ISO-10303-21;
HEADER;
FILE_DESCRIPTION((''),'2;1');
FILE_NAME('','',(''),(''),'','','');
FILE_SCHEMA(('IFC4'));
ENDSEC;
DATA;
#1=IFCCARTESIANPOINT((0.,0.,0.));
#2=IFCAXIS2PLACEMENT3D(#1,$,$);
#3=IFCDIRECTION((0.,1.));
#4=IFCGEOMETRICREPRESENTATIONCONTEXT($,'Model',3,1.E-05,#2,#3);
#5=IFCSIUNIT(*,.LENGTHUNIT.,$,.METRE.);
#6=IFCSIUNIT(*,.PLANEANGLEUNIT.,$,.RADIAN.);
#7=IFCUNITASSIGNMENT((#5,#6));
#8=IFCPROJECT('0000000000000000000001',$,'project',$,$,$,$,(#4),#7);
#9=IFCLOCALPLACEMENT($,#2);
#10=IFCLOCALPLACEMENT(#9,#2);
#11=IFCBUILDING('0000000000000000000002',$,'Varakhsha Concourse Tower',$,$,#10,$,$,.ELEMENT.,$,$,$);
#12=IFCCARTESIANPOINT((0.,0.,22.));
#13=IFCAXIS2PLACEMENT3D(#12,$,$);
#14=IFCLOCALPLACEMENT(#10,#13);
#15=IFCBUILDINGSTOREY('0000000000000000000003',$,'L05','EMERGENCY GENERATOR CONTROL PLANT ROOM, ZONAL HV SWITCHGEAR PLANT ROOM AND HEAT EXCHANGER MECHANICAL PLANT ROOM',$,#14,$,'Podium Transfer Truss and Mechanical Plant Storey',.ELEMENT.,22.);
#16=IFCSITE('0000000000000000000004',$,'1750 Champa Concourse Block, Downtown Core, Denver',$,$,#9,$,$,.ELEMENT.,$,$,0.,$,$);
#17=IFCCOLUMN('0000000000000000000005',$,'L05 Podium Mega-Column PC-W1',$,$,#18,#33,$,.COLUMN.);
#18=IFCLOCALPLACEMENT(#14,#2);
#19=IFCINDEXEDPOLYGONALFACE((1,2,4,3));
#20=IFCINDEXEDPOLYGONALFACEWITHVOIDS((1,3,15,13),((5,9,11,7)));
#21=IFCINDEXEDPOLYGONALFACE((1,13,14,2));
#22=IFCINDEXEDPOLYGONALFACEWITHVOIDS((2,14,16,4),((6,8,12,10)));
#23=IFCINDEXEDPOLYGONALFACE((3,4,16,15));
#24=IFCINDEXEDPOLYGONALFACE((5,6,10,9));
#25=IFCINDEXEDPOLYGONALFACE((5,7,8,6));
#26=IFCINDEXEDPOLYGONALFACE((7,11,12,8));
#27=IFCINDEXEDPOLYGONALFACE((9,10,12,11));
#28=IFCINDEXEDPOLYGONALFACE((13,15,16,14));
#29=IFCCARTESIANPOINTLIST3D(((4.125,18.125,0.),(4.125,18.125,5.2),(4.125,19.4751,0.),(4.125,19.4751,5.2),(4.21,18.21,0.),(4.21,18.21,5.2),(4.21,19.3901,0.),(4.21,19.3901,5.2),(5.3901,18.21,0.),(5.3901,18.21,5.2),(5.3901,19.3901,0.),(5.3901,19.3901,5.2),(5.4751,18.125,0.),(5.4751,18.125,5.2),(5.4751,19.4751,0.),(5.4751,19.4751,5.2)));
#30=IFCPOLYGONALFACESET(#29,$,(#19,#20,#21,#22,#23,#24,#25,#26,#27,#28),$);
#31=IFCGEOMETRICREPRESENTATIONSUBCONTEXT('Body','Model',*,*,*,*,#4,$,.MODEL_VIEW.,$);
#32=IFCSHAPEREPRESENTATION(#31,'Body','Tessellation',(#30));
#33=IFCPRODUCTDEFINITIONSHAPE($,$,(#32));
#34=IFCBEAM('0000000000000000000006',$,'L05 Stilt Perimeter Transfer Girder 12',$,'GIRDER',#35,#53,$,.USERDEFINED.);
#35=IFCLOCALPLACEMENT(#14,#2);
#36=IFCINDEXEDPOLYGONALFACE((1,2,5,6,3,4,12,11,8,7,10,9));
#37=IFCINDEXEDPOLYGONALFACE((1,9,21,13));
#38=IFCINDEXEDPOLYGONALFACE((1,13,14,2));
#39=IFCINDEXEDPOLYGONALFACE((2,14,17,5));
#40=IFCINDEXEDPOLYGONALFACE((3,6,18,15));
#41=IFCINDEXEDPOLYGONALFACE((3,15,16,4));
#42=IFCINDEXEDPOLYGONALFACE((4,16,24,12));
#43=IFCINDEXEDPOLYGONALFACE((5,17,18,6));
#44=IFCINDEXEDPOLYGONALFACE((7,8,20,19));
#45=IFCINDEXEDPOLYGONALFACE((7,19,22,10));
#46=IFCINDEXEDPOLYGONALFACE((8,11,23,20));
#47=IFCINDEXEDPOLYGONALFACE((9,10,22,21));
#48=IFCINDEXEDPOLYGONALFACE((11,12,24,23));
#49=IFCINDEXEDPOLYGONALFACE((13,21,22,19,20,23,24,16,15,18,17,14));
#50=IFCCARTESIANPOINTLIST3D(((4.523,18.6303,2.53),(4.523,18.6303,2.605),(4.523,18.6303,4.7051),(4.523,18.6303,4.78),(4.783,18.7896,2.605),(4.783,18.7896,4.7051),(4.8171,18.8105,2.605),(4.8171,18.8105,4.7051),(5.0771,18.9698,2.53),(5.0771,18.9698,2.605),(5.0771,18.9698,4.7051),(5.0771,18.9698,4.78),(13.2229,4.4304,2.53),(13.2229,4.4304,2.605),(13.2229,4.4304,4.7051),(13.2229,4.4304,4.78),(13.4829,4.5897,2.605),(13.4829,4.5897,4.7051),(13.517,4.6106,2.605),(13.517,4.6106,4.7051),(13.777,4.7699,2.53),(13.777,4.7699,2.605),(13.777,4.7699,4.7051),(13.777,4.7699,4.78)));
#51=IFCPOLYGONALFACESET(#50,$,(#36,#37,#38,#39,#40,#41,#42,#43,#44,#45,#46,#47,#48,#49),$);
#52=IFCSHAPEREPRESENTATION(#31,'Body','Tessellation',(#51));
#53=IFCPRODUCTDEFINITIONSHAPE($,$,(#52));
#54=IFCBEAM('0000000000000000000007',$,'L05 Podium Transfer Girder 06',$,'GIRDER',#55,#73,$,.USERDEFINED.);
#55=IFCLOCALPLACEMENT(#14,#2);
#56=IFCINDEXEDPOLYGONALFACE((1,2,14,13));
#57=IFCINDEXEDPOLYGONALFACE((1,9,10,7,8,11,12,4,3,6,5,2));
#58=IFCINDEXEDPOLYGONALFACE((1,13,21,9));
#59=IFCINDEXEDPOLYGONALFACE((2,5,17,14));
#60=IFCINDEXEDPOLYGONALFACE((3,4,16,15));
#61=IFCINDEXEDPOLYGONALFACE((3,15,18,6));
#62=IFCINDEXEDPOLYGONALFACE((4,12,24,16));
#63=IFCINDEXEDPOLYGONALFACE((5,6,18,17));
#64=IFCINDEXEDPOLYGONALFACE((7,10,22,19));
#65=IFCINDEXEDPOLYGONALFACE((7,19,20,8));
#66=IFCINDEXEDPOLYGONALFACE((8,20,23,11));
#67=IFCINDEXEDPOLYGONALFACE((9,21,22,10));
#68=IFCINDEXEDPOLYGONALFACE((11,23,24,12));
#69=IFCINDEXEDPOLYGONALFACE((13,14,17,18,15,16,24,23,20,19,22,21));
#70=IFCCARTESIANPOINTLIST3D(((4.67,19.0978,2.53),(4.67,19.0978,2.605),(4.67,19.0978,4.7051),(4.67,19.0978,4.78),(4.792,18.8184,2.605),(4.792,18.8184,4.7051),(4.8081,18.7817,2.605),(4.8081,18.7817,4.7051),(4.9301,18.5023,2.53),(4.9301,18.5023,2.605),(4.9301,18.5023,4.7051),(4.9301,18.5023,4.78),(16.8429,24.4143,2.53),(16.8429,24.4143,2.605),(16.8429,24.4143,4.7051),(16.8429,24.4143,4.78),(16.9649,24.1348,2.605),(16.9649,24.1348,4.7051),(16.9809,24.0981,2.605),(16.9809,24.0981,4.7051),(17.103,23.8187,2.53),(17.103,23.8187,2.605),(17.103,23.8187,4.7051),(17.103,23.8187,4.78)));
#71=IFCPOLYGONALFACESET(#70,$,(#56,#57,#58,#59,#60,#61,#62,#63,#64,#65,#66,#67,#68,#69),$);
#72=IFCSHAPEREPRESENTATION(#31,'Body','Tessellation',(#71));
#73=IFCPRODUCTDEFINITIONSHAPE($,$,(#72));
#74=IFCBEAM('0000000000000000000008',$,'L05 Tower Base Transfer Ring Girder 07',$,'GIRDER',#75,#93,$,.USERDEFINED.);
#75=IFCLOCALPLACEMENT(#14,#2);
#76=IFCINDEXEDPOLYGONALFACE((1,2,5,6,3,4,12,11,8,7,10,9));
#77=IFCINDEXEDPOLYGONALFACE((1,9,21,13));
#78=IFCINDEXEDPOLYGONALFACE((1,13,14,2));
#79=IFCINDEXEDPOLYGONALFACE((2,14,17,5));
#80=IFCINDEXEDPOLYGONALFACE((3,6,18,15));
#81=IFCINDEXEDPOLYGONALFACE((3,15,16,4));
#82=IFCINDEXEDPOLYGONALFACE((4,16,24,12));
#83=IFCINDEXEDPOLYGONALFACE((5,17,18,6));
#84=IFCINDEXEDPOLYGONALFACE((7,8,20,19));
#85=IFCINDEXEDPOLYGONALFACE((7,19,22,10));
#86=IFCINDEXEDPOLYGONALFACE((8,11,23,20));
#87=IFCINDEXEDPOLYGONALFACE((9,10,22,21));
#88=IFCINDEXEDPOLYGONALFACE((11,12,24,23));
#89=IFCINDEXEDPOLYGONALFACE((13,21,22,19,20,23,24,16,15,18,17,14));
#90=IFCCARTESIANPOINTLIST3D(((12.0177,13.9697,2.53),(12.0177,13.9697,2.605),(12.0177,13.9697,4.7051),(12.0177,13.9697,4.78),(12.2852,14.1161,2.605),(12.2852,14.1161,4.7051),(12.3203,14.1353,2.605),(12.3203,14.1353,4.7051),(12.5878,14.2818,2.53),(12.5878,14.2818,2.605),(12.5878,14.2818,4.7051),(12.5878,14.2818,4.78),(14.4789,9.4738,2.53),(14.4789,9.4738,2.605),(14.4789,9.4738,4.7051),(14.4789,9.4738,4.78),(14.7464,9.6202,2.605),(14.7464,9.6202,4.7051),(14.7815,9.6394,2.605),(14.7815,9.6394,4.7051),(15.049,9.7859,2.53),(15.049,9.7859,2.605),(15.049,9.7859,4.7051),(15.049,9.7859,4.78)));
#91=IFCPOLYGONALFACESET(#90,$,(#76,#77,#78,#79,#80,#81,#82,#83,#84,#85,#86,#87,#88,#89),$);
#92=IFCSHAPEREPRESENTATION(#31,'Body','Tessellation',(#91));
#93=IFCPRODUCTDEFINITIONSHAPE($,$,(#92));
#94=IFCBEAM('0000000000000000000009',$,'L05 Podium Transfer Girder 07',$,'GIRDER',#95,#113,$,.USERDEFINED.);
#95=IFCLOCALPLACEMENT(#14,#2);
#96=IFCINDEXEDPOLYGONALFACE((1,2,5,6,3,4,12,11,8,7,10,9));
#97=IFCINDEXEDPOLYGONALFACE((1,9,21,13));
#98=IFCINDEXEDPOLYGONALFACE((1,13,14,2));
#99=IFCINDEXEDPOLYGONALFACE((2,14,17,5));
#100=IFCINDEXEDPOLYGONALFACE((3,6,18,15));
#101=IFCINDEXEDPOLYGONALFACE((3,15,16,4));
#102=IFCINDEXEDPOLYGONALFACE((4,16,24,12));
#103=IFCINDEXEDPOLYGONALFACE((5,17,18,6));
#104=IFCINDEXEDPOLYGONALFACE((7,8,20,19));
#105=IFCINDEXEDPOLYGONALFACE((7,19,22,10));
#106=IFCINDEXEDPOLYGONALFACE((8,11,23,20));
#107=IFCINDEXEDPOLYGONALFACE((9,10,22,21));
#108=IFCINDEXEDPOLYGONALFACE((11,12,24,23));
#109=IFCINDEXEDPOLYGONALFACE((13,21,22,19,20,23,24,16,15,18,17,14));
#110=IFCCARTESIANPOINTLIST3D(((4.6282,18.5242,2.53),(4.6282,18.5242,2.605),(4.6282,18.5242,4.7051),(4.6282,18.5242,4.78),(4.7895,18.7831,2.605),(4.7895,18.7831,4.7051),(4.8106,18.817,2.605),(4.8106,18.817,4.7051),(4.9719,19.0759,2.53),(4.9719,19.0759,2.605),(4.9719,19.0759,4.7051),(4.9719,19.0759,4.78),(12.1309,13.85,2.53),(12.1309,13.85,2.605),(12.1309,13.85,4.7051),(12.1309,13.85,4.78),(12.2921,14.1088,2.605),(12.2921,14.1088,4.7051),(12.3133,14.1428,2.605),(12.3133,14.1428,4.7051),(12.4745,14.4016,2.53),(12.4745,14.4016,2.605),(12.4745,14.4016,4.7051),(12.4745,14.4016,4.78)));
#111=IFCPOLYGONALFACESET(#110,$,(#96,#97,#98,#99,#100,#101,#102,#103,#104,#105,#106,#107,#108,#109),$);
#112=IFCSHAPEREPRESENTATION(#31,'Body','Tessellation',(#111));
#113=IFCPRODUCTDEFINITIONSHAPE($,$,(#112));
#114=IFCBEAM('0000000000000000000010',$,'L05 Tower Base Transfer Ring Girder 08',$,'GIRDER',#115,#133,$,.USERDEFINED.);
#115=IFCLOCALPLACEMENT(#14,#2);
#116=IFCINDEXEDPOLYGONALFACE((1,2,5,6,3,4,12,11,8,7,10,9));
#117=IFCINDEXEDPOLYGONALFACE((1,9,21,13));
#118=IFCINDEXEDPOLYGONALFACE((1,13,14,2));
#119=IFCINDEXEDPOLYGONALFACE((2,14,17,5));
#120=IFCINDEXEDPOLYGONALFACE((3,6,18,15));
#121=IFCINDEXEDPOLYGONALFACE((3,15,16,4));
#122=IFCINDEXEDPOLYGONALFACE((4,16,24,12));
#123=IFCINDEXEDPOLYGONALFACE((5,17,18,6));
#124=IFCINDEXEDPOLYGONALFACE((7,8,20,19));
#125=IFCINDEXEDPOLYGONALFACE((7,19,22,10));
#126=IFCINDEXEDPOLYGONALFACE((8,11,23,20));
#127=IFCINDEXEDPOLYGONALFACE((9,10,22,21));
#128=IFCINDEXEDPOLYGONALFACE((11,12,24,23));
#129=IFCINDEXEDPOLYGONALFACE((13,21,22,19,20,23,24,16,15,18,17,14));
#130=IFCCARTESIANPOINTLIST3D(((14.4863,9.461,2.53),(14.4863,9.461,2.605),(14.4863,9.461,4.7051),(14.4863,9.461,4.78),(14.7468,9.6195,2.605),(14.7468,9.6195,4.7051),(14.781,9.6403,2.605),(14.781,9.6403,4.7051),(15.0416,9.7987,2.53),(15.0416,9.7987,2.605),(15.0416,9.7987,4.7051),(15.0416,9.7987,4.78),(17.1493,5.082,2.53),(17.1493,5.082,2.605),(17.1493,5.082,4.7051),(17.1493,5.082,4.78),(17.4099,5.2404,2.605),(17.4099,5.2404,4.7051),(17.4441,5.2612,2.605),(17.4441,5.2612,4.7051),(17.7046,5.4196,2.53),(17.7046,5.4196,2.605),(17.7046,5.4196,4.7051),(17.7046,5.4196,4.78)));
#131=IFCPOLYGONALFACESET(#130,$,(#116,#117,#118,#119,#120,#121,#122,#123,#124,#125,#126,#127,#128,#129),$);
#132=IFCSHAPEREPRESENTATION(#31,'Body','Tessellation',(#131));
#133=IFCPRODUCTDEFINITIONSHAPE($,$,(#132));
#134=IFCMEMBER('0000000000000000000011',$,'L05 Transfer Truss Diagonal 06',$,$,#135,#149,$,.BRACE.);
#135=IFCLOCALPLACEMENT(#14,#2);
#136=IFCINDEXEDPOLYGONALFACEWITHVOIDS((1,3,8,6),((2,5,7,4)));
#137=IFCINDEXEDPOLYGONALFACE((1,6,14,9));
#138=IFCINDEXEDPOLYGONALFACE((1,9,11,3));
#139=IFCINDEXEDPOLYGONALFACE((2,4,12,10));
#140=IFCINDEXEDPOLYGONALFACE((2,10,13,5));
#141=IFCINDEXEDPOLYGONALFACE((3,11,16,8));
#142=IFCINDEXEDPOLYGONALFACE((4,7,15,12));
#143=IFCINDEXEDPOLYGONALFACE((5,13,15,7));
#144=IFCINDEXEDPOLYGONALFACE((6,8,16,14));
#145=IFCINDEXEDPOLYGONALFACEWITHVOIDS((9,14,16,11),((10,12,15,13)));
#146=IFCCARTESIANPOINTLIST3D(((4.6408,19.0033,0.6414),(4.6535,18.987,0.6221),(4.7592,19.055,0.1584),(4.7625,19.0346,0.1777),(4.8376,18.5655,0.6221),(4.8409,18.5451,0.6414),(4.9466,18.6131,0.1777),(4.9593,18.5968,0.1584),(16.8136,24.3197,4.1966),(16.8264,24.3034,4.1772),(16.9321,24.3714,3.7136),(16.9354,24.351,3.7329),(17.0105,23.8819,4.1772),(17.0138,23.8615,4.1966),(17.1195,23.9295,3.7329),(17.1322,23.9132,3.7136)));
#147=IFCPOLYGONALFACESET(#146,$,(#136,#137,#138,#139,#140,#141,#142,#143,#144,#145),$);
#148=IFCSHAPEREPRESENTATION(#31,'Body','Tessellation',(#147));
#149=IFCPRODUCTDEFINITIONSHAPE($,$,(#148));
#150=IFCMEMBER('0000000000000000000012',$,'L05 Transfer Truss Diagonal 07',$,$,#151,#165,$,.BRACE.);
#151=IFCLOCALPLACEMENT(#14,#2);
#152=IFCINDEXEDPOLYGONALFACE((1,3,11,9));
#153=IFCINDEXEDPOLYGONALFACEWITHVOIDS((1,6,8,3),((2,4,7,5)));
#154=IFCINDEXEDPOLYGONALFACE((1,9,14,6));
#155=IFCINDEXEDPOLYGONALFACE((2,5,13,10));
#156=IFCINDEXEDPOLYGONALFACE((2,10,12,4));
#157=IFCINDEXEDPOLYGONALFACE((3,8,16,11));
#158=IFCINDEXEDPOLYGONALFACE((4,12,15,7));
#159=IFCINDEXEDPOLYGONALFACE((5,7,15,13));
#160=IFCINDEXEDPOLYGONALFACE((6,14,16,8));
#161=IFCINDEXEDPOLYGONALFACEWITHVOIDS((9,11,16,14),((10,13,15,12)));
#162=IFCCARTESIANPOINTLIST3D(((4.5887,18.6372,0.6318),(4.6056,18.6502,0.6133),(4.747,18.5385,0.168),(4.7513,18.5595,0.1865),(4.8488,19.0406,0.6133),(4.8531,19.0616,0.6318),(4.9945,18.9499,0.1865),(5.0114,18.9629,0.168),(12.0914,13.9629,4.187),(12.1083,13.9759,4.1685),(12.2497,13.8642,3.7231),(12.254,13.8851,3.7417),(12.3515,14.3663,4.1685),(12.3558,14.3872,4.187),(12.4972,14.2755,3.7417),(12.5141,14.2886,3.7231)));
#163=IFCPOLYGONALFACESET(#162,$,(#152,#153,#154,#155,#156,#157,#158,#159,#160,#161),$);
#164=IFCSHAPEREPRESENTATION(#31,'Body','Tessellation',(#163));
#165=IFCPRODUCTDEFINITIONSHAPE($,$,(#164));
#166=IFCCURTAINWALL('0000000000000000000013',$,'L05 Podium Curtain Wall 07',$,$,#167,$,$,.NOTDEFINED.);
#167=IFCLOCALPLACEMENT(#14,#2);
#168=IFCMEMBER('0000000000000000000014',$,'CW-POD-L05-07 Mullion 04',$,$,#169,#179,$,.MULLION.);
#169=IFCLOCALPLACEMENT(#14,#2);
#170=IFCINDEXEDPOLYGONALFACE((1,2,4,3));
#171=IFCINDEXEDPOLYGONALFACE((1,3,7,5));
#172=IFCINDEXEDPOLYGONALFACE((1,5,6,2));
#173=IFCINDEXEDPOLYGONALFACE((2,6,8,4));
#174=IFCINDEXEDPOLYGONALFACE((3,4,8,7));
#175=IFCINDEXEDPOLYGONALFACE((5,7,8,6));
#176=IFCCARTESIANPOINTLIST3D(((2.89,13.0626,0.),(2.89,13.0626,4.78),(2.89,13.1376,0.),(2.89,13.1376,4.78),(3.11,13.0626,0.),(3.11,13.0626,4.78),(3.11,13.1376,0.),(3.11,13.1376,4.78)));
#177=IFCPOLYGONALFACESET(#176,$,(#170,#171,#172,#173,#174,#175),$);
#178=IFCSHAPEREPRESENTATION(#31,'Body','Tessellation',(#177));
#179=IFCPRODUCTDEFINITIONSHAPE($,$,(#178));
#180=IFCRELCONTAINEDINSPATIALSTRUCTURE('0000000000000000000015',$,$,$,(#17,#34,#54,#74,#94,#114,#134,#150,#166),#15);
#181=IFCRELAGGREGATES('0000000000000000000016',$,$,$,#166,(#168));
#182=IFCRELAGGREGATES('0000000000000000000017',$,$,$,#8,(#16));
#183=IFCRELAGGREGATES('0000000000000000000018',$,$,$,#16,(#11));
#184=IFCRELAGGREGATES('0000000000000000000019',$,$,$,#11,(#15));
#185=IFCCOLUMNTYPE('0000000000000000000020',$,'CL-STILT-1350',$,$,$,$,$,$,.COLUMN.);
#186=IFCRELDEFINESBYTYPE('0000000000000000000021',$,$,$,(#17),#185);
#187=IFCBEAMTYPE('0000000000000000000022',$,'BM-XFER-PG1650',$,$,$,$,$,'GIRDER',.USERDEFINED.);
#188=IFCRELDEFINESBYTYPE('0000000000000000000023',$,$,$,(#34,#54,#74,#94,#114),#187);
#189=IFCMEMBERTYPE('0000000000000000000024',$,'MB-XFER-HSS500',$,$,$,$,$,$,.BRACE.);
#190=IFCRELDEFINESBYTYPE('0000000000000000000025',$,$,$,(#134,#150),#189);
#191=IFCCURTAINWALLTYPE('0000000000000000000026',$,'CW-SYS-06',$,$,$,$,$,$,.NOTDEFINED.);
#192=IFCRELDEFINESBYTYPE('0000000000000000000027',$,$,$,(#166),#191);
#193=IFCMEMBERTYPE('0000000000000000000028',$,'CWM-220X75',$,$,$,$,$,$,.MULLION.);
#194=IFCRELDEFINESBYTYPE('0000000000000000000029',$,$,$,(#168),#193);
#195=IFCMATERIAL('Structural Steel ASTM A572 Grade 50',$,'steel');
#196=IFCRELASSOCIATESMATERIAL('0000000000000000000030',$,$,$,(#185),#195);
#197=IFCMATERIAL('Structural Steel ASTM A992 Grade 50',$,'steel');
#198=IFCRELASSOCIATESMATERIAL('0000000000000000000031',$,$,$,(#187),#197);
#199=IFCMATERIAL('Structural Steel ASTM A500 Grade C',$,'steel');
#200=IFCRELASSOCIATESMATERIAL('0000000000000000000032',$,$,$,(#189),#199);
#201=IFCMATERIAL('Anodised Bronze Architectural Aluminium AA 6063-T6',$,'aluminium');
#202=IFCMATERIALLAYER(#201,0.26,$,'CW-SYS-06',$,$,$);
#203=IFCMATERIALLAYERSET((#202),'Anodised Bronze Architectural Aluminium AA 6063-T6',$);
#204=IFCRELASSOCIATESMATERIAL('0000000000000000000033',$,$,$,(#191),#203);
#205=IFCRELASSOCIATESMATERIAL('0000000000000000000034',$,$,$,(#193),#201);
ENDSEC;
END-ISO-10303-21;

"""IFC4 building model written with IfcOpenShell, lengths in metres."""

from ifc_helpers import new_model, si_unit, direction, frame, origin, origin_2d, place, context, subcontext, project, spatial, rectangle, hollow_rectangle, i_section, extrude, source, transform, mapped, material, layer, layer_set, material_profile, profile_set, type_object, type_shapes, element, aggregate, save


model = new_model("IFC4")

# Units and contexts
model_context = context("Model", 3, precision=1e-05, world=origin(), true_north=direction((0.0, 1.0)))
body_context = subcontext(model_context, "Body", "Model", "MODEL_VIEW")
ifc_project = project(units=[si_unit("LENGTHUNIT", "METRE"), si_unit("PLANEANGLEUNIT", "RADIAN")], contexts=[model_context])

# Site, building, storey
site_placement = place(None, origin())
site = spatial("IfcSite", under=ifc_project, at=site_placement, Name="1750 Champa Concourse Block, Downtown Core, Denver", CompositionType="ELEMENT", RefElevation=0.0)
building_placement = place(site_placement, origin())
building = spatial("IfcBuilding", under=site, at=building_placement, Name="Varakhsha Concourse Tower", CompositionType="ELEMENT")
storey_placement = place(building_placement, frame((0.0, 0.0, 22.0)))
storey = spatial("IfcBuildingStorey", under=building, at=storey_placement, Name="L05", Description="EMERGENCY GENERATOR CONTROL PLANT ROOM, ZONAL HV SWITCHGEAR PLANT ROOM AND HEAT EXCHANGER MECHANICAL PLANT ROOM", LongName="Podium Transfer Truss and Mechanical Plant Storey", CompositionType="ELEMENT", Elevation=22.0)

# Column
ifc_material_1 = material(Name="Structural Steel ASTM A572 Grade 50", Category="steel")
ifc_material_profile_1 = material_profile(ifc_material_1, hollow_rectangle(XDim=1.3501, YDim=1.3501, WallThickness=0.085, at=origin_2d()), Name="BOX 1350x1350x85")
ifc_profile_set_1 = profile_set([ifc_material_profile_1], Name="Structural Steel ASTM A572 Grade 50")
column_type = type_object("IfcColumnType", Name="CL-STILT-1350", PredefinedType="COLUMN", material=ifc_profile_set_1)
column_placement = place(storey_placement, frame((4.8, 18.8, 0.0), z_axis=(0.0, 0.0, 1.0), x_axis=(1.0, 0.0, 0.0)))
element("IfcColumn", 1, at=column_placement, inside=storey, type_object=column_type, Name="L05 Podium Mega-Column PC-W1", PredefinedType="COLUMN", context=body_context, shape_type="SweptSolid", body=[
    extrude(hollow_rectangle(XDim=1.3501, YDim=1.3501, WallThickness=0.085, at=origin_2d()), origin(), (0.0, 0.0, 1.0), 5.2),
])

# Beams
ifc_material_2 = material(Name="Structural Steel ASTM A992 Grade 50", Category="steel")
ifc_material_profile_2 = material_profile(ifc_material_2, i_section(OverallWidth=0.6499, OverallDepth=2.25, WebThickness=0.04, FlangeThickness=0.075, at=origin_2d()), Name="PG 2250x650x75x40")
ifc_profile_set_2 = profile_set([ifc_material_profile_2], Name="Structural Steel ASTM A992 Grade 50")
beam_type = type_object("IfcBeamType", Name="BM-XFER-PG1650", ElementType="GIRDER", PredefinedType="USERDEFINED", material=ifc_profile_set_2)
beam_1_placement = place(storey_placement, frame((4.8, 18.8, 3.655), z_axis=(0.52242, -0.852688, 0.0), x_axis=(0.852688, 0.52242, 0.0)))
element("IfcBeam", 2, at=beam_1_placement, inside=storey, type_object=beam_type, Name="L05 Stilt Perimeter Transfer Girder 12", ObjectType="GIRDER", PredefinedType="USERDEFINED", context=body_context, shape_type="SweptSolid", body=[
    extrude(i_section(OverallWidth=0.6499, OverallDepth=2.25, WebThickness=0.04, FlangeThickness=0.075, at=origin_2d()), origin(), (0.0, 0.0, 1.0), 16.6531),
])
beam_2_placement = place(storey_placement, frame((4.8, 18.8, 3.655), z_axis=(0.916412, 0.400236, 0.0), x_axis=(-0.400236, 0.916412, 0.0)))
element("IfcBeam", 3, at=beam_2_placement, inside=storey, type_object=beam_type, Name="L05 Podium Transfer Girder 06", ObjectType="GIRDER", PredefinedType="USERDEFINED", context=body_context, shape_type="SweptSolid", body=[
    extrude(i_section(OverallWidth=0.6499, OverallDepth=2.25, WebThickness=0.04, FlangeThickness=0.075, at=origin_2d()), origin(), (0.0, 0.0, 1.0), 13.2832),
])
beam_3_placement = place(storey_placement, frame((12.3027, 14.1257, 3.655), z_axis=(0.48019, -0.877165, 0.0), x_axis=(0.877165, 0.48019, 0.0)))
element("IfcBeam", 4, at=beam_3_placement, inside=storey, type_object=beam_type, Name="L05 Tower Base Transfer Ring Girder 07", ObjectType="GIRDER", PredefinedType="USERDEFINED", context=body_context, shape_type="SweptSolid", body=[
    extrude(i_section(OverallWidth=0.6499, OverallDepth=2.25, WebThickness=0.04, FlangeThickness=0.075, at=origin_2d()), origin(), (0.0, 0.0, 1.0), 5.1255),
])
beam_4_placement = place(storey_placement, frame((4.8, 18.8, 3.655), z_axis=(0.848753, -0.528789, 0.0), x_axis=(0.528789, 0.848753, 0.0)))
element("IfcBeam", 5, at=beam_4_placement, inside=storey, type_object=beam_type, Name="L05 Podium Transfer Girder 07", ObjectType="GIRDER", PredefinedType="USERDEFINED", context=body_context, shape_type="SweptSolid", body=[
    extrude(i_section(OverallWidth=0.6499, OverallDepth=2.25, WebThickness=0.04, FlangeThickness=0.075, at=origin_2d()), origin(), (0.0, 0.0, 1.0), 8.8396),
])
beam_5_placement = place(storey_placement, frame((14.7639, 9.6299, 3.655), z_axis=(0.519593, -0.854414, 0.0), x_axis=(0.854414, 0.519593, 0.0)))
element("IfcBeam", 6, at=beam_5_placement, inside=storey, type_object=beam_type, Name="L05 Tower Base Transfer Ring Girder 08", ObjectType="GIRDER", PredefinedType="USERDEFINED", context=body_context, shape_type="SweptSolid", body=[
    extrude(i_section(OverallWidth=0.6499, OverallDepth=2.25, WebThickness=0.04, FlangeThickness=0.075, at=origin_2d()), origin(), (0.0, 0.0, 1.0), 5.1252),
])

# Members
ifc_material_3 = material(Name="Structural Steel ASTM A500 Grade C", Category="steel")
ifc_material_profile_3 = material_profile(ifc_material_3, hollow_rectangle(XDim=0.5, YDim=0.5, WallThickness=0.02, at=origin_2d()), Name="HSS 500x500x20")
ifc_profile_set_3 = profile_set([ifc_material_profile_3], Name="Structural Steel ASTM A500 Grade C")
member_type_1 = type_object("IfcMemberType", Name="MB-XFER-HSS500", PredefinedType="BRACE", material=ifc_profile_set_3)
shared_shape_1 = source(origin(), body_context, "Body", "SweptSolid", [
    extrude(hollow_rectangle(XDim=0.5, YDim=0.5, WallThickness=0.02, at=origin_2d()), origin(), (0.0, 0.0, 1.0), 13.7507),
])
member_1_placement = place(storey_placement, frame((4.8, 18.8, 0.3999), z_axis=(0.885253, 0.386628, 0.258545), x_axis=(-0.400236, 0.916412, 0.0)))
element("IfcMember", 7, at=member_1_placement, inside=storey, type_object=member_type_1, Name="L05 Transfer Truss Diagonal 06", PredefinedType="BRACE", context=body_context, shape_type="MappedRepresentation", body=[
    mapped(shared_shape_1, transform((0.0, 0.0, 0.0), scale=1.0)),
])
shared_shape_2 = source(origin(), body_context, "Body", "SweptSolid", [
    extrude(hollow_rectangle(XDim=0.5, YDim=0.5, WallThickness=0.02, at=origin_2d()), origin(), (0.0, 0.0, 1.0), 9.5278),
])
type_shapes(member_type_1, [shared_shape_1, shared_shape_2])
member_2_placement = place(storey_placement, frame((4.8, 18.8, 0.3999), z_axis=(0.787453, -0.490598, 0.373137), x_axis=(0.528789, 0.848753, 0.0)))
element("IfcMember", 8, at=member_2_placement, inside=storey, type_object=member_type_1, Name="L05 Transfer Truss Diagonal 07", PredefinedType="BRACE", context=body_context, shape_type="MappedRepresentation", body=[
    mapped(shared_shape_2, transform((0.0, 0.0, 0.0), scale=1.0)),
])

# Curtain wall, member
ifc_material_4 = material(Name="Anodised Bronze Architectural Aluminium AA 6063-T6", Category="aluminium")
ifc_layer_1 = layer(ifc_material_4, 0.26, Name="CW-SYS-06")
ifc_layer_set_1 = layer_set([ifc_layer_1], Name="Anodised Bronze Architectural Aluminium AA 6063-T6")
curtain_wall_type = type_object("IfcCurtainWallType", Name="CW-SYS-06", PredefinedType="NOTDEFINED", material=ifc_layer_set_1)
curtain_wall_placement = place(storey_placement, origin())
curtain_wall = element("IfcCurtainWall", 9, at=curtain_wall_placement, inside=storey, type_object=curtain_wall_type, Name="L05 Podium Curtain Wall 07", PredefinedType="NOTDEFINED")
ifc_material_profile_4 = material_profile(ifc_material_4, rectangle(XDim=0.075, YDim=0.22, at=origin_2d()), Name="CWM-220X75")
ifc_profile_set_4 = profile_set([ifc_material_profile_4], Name="Anodised Bronze Architectural Aluminium AA 6063-T6")
member_type_2 = type_object("IfcMemberType", Name="CWM-220X75", PredefinedType="MULLION", material=ifc_profile_set_4)
shared_shape_3 = source(origin(), body_context, "Body", "SweptSolid", [
    extrude(rectangle(XDim=0.075, YDim=0.22, at=origin_2d()), origin(), (0.0, 0.0, 1.0), 4.78),
])
type_shapes(member_type_2, [shared_shape_3])
member_3_placement = place(storey_placement, frame((3.0, 13.1001, 0.0), z_axis=(0.0, 0.0, 1.0), x_axis=(0.0, -1.0, 0.0)))
member_3 = element("IfcMember", 10, at=member_3_placement, type_object=member_type_2, Name="CW-POD-L05-07 Mullion 04", PredefinedType="MULLION", context=body_context, shape_type="MappedRepresentation", body=[
    mapped(shared_shape_3, transform((0.0, 0.0, 0.0), scale=1.0)),
])

aggregate(curtain_wall, [member_3])

save(model, "model.ifc")
